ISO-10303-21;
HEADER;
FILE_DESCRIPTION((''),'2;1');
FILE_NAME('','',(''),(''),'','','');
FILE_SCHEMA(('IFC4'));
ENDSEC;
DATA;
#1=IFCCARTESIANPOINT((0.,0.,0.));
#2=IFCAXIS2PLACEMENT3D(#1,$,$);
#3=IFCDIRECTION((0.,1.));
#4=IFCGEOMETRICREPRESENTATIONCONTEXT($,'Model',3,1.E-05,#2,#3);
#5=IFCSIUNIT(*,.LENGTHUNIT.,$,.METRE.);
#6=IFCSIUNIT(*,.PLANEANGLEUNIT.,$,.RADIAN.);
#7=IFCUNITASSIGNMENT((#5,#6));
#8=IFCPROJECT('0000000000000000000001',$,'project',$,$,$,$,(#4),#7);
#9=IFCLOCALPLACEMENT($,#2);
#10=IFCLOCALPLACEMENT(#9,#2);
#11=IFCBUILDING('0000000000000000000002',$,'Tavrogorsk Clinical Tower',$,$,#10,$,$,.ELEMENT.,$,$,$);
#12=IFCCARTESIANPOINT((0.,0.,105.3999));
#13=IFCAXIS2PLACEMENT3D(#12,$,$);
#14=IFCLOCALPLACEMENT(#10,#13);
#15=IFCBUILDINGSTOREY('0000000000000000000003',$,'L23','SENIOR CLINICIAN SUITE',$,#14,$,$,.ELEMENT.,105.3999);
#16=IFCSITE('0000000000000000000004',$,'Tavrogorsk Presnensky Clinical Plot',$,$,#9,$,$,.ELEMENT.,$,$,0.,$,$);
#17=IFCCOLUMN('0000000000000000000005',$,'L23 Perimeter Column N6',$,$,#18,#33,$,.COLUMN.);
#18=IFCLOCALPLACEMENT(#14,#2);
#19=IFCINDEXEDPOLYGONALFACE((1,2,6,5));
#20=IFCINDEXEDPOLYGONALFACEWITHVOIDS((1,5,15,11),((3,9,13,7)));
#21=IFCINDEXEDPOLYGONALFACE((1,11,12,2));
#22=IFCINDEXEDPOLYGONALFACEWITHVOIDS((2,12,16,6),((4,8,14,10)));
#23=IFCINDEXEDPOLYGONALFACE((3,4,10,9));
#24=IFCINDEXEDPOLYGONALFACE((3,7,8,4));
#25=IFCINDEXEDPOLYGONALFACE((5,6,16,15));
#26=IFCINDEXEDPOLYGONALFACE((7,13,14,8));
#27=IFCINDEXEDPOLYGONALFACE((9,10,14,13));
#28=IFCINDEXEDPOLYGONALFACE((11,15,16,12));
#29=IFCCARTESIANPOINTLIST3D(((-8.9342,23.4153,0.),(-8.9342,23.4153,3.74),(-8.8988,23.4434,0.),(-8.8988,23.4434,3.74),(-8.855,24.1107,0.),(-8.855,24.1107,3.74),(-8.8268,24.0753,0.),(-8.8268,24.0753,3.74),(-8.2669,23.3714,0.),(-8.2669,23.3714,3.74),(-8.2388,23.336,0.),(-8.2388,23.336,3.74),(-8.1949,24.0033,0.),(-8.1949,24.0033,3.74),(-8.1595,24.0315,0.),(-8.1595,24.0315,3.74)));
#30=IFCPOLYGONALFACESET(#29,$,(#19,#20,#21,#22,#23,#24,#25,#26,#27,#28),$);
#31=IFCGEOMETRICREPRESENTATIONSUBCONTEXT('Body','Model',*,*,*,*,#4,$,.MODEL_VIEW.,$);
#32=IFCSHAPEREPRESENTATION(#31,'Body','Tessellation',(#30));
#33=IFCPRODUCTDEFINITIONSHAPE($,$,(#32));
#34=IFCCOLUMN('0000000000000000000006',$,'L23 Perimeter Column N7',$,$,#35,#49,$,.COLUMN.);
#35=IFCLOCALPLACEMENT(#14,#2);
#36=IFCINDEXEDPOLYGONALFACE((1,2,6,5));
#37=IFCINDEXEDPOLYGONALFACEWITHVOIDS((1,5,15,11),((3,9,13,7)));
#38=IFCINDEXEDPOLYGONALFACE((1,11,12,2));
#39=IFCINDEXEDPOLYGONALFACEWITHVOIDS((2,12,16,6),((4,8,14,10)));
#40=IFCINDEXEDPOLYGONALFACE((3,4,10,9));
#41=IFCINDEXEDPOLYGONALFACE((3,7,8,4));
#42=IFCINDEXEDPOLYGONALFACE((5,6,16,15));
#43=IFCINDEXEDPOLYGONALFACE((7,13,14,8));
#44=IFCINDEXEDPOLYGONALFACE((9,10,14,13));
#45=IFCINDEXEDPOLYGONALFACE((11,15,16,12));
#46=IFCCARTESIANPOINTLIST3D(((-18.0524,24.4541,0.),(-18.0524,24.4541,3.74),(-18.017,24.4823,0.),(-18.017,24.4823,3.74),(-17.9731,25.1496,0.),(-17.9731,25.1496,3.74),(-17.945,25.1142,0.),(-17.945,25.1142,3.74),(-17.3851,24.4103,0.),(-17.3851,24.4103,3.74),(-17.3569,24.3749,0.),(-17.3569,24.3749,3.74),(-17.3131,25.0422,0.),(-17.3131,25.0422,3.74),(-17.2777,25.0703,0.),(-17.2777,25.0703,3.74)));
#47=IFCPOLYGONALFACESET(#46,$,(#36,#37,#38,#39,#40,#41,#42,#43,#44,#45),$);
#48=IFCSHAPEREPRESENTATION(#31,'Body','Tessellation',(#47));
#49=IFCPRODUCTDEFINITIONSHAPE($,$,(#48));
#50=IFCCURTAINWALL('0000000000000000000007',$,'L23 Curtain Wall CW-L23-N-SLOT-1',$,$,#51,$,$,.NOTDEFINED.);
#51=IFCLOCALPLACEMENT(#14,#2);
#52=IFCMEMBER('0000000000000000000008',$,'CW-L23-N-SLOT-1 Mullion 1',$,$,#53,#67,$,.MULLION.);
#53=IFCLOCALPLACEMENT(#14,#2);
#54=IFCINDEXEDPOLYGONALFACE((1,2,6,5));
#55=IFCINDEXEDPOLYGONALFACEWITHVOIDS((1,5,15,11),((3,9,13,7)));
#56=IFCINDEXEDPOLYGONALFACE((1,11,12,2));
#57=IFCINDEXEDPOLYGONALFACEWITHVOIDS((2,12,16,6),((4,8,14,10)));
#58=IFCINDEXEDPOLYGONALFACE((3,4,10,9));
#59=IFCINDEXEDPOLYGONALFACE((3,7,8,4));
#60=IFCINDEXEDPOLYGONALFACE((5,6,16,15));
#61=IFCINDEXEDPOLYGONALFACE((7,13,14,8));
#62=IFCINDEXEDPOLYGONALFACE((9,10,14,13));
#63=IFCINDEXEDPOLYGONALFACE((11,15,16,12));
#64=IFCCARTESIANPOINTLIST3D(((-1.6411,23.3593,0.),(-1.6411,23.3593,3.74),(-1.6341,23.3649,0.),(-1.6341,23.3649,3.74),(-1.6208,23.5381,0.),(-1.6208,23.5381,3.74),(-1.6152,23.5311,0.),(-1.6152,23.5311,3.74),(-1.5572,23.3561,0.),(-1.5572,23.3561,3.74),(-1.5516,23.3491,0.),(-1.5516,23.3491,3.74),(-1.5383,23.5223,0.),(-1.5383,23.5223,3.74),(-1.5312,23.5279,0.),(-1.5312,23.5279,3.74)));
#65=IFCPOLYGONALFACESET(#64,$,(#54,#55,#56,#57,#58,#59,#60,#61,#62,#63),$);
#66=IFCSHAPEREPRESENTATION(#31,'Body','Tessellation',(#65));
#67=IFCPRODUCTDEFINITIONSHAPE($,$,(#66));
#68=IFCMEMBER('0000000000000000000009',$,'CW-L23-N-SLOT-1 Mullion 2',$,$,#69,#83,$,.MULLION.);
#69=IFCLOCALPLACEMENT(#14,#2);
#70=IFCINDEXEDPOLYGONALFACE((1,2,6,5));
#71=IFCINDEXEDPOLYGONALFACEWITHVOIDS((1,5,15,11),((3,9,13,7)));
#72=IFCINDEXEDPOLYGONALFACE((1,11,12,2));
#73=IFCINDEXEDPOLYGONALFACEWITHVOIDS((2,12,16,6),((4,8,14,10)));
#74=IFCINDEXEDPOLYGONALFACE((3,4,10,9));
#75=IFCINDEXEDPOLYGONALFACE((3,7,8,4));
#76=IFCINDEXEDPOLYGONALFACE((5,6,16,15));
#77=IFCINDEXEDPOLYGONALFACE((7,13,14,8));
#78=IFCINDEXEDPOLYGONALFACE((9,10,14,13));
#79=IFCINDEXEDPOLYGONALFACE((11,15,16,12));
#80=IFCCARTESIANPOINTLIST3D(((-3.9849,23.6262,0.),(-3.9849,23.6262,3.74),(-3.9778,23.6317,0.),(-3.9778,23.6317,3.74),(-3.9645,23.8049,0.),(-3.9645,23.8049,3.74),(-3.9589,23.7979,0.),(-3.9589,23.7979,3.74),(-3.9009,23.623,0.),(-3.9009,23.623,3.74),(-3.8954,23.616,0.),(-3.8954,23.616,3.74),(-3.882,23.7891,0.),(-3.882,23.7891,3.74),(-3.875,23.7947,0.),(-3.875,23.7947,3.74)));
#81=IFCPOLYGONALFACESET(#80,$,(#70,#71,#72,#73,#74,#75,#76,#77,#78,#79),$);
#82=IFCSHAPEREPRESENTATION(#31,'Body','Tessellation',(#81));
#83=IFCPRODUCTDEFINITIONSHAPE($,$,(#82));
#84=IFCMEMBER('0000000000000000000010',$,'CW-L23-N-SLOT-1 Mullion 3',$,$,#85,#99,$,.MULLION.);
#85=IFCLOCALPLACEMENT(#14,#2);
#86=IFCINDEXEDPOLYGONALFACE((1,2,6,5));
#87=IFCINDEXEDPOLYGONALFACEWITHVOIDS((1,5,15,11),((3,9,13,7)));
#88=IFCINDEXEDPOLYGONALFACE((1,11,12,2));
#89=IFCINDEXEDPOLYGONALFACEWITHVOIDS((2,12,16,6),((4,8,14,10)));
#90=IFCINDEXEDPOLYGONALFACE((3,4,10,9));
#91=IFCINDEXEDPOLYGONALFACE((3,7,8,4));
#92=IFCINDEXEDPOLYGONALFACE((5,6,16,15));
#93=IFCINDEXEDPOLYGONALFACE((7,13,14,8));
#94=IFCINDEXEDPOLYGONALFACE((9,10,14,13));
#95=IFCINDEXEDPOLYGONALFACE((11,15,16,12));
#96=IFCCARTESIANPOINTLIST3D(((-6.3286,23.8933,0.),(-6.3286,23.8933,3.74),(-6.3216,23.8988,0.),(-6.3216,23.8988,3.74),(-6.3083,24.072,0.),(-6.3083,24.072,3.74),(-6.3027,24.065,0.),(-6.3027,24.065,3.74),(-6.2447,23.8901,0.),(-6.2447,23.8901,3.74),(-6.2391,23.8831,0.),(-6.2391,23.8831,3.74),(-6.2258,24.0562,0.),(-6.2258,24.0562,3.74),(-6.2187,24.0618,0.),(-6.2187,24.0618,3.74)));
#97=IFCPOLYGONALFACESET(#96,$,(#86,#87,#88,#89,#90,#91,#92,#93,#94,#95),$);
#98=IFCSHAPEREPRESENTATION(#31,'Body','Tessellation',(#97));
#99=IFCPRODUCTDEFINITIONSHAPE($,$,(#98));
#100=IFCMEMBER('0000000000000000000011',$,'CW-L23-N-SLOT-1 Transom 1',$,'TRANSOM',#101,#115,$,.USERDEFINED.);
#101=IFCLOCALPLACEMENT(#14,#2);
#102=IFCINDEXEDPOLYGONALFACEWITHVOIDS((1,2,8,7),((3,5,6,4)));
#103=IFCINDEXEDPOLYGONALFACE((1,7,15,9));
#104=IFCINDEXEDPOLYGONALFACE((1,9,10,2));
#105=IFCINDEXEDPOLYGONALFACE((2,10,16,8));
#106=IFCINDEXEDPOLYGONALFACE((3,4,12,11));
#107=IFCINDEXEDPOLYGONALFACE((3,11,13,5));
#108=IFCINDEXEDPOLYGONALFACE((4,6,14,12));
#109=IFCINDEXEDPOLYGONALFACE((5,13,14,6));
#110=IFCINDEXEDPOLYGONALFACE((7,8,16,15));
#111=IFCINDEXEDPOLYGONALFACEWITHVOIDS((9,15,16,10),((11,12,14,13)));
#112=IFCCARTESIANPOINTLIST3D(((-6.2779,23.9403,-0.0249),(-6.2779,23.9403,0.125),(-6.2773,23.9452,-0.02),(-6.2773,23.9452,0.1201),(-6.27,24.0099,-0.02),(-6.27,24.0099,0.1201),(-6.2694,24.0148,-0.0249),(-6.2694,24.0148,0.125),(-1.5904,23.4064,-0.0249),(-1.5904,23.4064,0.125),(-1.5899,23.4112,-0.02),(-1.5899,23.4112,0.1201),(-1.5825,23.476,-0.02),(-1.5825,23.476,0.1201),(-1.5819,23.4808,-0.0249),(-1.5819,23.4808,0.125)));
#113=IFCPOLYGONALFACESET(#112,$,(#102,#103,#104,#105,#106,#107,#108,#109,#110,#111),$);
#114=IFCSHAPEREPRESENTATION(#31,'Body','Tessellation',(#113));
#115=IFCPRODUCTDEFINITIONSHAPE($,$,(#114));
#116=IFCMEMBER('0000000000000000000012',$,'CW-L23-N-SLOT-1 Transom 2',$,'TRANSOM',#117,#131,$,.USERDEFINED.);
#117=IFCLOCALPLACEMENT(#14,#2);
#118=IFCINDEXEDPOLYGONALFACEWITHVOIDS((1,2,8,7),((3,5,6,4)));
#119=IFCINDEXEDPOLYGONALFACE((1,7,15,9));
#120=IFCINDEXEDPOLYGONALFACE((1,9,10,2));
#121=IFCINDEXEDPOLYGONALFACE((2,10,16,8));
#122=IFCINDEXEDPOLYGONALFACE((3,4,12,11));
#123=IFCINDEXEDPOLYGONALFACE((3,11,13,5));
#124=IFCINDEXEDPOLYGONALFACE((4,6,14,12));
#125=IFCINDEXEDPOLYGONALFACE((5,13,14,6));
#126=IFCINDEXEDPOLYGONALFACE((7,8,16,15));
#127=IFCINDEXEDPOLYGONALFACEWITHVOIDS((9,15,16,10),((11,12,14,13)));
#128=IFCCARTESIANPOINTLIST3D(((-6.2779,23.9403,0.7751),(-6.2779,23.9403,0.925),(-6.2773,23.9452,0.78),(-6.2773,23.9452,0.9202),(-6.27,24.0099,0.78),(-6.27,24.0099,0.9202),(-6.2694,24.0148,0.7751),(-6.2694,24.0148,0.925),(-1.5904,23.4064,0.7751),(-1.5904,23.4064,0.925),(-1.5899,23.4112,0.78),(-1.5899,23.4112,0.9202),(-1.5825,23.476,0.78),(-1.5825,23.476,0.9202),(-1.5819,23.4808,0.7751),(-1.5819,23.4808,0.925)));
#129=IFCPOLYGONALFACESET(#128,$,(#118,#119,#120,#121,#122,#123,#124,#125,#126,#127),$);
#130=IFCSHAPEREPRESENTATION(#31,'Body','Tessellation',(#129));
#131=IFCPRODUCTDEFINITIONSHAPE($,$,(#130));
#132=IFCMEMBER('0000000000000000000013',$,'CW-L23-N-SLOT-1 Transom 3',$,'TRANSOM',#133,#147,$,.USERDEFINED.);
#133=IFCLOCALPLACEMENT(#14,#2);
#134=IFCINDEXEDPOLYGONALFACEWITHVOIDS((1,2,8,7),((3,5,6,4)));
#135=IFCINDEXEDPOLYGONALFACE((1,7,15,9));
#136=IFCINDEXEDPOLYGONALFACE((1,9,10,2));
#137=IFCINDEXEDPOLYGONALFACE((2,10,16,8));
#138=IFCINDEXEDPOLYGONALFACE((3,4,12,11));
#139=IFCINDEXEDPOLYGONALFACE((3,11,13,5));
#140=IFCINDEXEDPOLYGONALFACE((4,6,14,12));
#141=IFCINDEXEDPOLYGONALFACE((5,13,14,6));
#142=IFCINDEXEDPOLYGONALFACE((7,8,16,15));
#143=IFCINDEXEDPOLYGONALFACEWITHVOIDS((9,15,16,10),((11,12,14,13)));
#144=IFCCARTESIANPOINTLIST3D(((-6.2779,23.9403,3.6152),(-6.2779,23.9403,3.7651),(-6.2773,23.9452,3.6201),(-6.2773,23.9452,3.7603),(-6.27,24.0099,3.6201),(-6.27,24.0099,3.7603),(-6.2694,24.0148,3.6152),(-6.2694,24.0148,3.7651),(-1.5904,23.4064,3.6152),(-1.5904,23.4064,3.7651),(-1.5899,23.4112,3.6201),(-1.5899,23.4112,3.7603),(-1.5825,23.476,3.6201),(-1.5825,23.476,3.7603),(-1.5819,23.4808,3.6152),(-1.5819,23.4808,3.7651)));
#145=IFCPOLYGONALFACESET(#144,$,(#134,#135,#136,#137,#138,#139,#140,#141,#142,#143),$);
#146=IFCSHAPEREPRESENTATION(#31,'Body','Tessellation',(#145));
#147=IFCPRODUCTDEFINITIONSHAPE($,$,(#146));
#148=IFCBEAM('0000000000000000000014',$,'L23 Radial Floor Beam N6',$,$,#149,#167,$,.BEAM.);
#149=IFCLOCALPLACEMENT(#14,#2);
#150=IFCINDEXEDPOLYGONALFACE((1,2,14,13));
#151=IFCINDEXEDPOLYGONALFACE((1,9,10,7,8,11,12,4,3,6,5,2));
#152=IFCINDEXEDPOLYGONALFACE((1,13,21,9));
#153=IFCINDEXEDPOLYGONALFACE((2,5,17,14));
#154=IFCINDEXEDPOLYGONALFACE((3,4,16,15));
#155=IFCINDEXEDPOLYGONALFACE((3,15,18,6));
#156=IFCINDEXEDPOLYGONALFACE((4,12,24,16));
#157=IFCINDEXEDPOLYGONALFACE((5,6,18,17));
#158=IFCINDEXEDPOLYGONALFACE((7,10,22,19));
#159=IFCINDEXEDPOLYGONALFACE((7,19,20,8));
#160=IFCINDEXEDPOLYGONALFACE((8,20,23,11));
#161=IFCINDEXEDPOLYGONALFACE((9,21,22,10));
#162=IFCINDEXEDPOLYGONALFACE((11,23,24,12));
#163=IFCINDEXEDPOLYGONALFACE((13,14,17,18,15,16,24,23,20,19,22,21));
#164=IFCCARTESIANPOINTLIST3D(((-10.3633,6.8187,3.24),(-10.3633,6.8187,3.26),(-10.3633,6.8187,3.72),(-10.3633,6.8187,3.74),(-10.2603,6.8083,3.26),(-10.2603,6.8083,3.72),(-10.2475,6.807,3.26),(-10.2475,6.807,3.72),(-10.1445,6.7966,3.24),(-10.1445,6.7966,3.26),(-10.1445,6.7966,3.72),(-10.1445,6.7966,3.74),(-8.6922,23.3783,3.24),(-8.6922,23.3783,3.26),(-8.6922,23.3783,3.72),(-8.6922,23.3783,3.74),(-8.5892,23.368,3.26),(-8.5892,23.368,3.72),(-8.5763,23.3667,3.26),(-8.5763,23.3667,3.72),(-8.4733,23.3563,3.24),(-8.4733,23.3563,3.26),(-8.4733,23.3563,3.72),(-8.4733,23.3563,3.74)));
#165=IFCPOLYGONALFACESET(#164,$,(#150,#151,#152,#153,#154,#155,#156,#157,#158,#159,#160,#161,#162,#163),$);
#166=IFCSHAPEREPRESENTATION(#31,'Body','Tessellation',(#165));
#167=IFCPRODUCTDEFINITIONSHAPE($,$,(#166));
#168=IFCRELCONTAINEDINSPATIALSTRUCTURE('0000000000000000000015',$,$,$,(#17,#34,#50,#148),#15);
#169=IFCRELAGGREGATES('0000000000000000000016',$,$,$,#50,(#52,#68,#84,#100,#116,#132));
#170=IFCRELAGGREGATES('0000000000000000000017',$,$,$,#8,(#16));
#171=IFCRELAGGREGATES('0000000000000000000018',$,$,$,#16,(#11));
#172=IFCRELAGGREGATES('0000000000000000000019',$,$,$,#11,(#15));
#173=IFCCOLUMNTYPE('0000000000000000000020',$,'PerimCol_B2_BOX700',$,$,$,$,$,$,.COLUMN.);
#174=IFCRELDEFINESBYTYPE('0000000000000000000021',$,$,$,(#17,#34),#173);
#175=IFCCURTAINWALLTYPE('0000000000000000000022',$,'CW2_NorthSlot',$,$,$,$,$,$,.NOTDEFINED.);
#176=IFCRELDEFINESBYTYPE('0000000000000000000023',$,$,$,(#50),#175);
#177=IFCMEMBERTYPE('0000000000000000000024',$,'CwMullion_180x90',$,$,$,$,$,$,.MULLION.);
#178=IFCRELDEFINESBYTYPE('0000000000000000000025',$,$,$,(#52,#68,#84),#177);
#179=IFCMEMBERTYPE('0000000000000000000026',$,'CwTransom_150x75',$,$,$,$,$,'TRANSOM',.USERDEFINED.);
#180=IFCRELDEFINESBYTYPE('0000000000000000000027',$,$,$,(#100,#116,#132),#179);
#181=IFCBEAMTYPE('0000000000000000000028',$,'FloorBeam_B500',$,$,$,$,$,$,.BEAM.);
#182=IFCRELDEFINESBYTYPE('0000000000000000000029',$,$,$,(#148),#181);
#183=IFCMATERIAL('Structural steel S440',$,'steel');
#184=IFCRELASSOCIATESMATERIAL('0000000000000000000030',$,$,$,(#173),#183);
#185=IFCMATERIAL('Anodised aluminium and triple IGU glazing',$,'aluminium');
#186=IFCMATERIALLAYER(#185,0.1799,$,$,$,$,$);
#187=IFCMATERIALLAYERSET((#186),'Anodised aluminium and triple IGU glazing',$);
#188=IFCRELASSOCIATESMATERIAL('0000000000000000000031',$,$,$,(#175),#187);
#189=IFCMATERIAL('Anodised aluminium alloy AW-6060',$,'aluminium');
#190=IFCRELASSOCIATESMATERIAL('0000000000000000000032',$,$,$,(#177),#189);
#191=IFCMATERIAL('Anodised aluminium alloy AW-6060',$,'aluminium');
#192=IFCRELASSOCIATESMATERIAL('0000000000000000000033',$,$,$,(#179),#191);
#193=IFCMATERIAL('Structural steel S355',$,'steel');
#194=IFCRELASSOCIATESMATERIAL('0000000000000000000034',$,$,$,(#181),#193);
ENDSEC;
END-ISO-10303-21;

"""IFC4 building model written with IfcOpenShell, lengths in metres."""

from ifc_helpers import new_model, si_unit, direction, frame, origin, origin_2d, place, context, subcontext, project, spatial, hollow_rectangle, i_section, extrude, material, layer, layer_set, material_profile, profile_set, type_object, element, aggregate, save


model = new_model("IFC4")

# Units and contexts
model_context = context("Model", 3, precision=1e-05, world=origin(), true_north=direction((0.0, 1.0)))
body_context = subcontext(model_context, "Body", "Model", "MODEL_VIEW")
ifc_project = project(units=[si_unit("LENGTHUNIT", "METRE"), si_unit("PLANEANGLEUNIT", "RADIAN")], contexts=[model_context])

# Site, building, storey
site_placement = place(None, origin())
site = spatial("IfcSite", under=ifc_project, at=site_placement, Name="Tavrogorsk Presnensky Clinical Plot", CompositionType="ELEMENT", RefElevation=0.0)
building_placement = place(site_placement, origin())
building = spatial("IfcBuilding", under=site, at=building_placement, Name="Tavrogorsk Clinical Tower", CompositionType="ELEMENT")
storey_placement = place(building_placement, frame((0.0, 0.0, 105.3999)))
storey = spatial("IfcBuildingStorey", under=building, at=storey_placement, Name="L23", Description="SENIOR CLINICIAN SUITE", CompositionType="ELEMENT", Elevation=105.3999)

# Columns
ifc_material_1 = material(Name="Structural steel S440", Category="steel")
ifc_material_profile_1 = material_profile(ifc_material_1, hollow_rectangle(XDim=0.7, YDim=0.7, WallThickness=0.032, at=origin_2d()), Name="BOX-700x700x32")
ifc_profile_set_1 = profile_set([ifc_material_profile_1], Name="Structural steel S440")
column_type = type_object("IfcColumnType", Name="PerimCol_B2_BOX700", PredefinedType="COLUMN", material=ifc_profile_set_1)
for number, where, z_axis, x_axis, name in (
    (1, (-8.5469, 23.7234, 0.0), (0.0, 0.0, 1.0), (0.993572, -0.113203, 0.0), "L23 Perimeter Column N6"),
    (2, (-17.665, 24.7622, 0.0), (0.0, 0.0, 1.0), (0.993572, -0.113203, 0.0), "L23 Perimeter Column N7"),
):
    element("IfcColumn", number, at=place(storey_placement, frame(where, z_axis=z_axis, x_axis=x_axis)), inside=storey, type_object=column_type, Name=name, PredefinedType="COLUMN", context=body_context, shape_type="SweptSolid", body=[
        extrude(hollow_rectangle(XDim=0.7, YDim=0.7, WallThickness=0.032, at=origin_2d()), origin(), (0.0, 0.0, 1.0), 3.74),
    ])

# Curtain wall, members
ifc_material_2 = material(Name="Anodised aluminium and triple IGU glazing", Category="aluminium")
ifc_layer_1 = layer(ifc_material_2, 0.1799)
ifc_layer_set_1 = layer_set([ifc_layer_1], Name="Anodised aluminium and triple IGU glazing")
curtain_wall_type = type_object("IfcCurtainWallType", Name="CW2_NorthSlot", PredefinedType="NOTDEFINED", material=ifc_layer_set_1)
curtain_wall_placement = place(storey_placement, origin())
curtain_wall = element("IfcCurtainWall", 3, at=curtain_wall_placement, inside=storey, type_object=curtain_wall_type, Name="L23 Curtain Wall CW-L23-N-SLOT-1", PredefinedType="NOTDEFINED")
ifc_material_3 = material(Name="Anodised aluminium alloy AW-6060", Category="aluminium")
ifc_material_profile_2 = material_profile(ifc_material_3, hollow_rectangle(XDim=0.0901, YDim=0.1799, WallThickness=0.0063, at=origin_2d()), Name="RHS-180x90x6.3")
ifc_profile_set_2 = profile_set([ifc_material_profile_2], Name="Anodised aluminium alloy AW-6060")
member_type_1 = type_object("IfcMemberType", Name="CwMullion_180x90", PredefinedType="MULLION", material=ifc_profile_set_2)
member_1_placement = place(storey_placement, frame((-1.5862, 23.4436, 0.0), z_axis=(0.0, 0.0, 1.0), x_axis=(-0.993572, 0.113203, 0.0)))
member_1 = element("IfcMember", 4, at=member_1_placement, type_object=member_type_1, Name="CW-L23-N-SLOT-1 Mullion 1", PredefinedType="MULLION", context=body_context, shape_type="SweptSolid", body=[
    extrude(hollow_rectangle(XDim=0.0901, YDim=0.1799, WallThickness=0.0063, at=origin_2d()), origin(), (0.0, 0.0, 1.0), 3.74),
])
member_2_placement = place(storey_placement, frame((-3.9299, 23.7104, 0.0), z_axis=(0.0, 0.0, 1.0), x_axis=(-0.993572, 0.113203, 0.0)))
member_2 = element("IfcMember", 5, at=member_2_placement, type_object=member_type_1, Name="CW-L23-N-SLOT-1 Mullion 2", PredefinedType="MULLION", context=body_context, shape_type="SweptSolid", body=[
    extrude(hollow_rectangle(XDim=0.0901, YDim=0.1799, WallThickness=0.0063, at=origin_2d()), origin(), (0.0, 0.0, 1.0), 3.74),
])
member_3_placement = place(storey_placement, frame((-6.2737, 23.9775, 0.0), z_axis=(0.0, 0.0, 1.0), x_axis=(-0.993572, 0.113203, 0.0)))
member_3 = element("IfcMember", 6, at=member_3_placement, type_object=member_type_1, Name="CW-L23-N-SLOT-1 Mullion 3", PredefinedType="MULLION", context=body_context, shape_type="SweptSolid", body=[
    extrude(hollow_rectangle(XDim=0.0901, YDim=0.1799, WallThickness=0.0063, at=origin_2d()), origin(), (0.0, 0.0, 1.0), 3.74),
])
ifc_material_4 = material(Name="Anodised aluminium alloy AW-6060", Category="aluminium")
ifc_material_profile_3 = material_profile(ifc_material_4, hollow_rectangle(XDim=0.075, YDim=0.1499, WallThickness=0.0049, at=origin_2d()), Name="RHS-150x75x5")
ifc_profile_set_3 = profile_set([ifc_material_profile_3], Name="Anodised aluminium alloy AW-6060")
member_type_2 = type_object("IfcMemberType", Name="CwTransom_150x75", ElementType="TRANSOM", PredefinedType="USERDEFINED", material=ifc_profile_set_3)
member_4_placement = place(storey_placement, frame((-1.5862, 23.4436, 0.05), z_axis=(-0.993575, 0.113174, 0.0), x_axis=(-0.113174, -0.993575, 0.0)))
member_4 = element("IfcMember", 7, at=member_4_placement, type_object=member_type_2, Name="CW-L23-N-SLOT-1 Transom 1", ObjectType="TRANSOM", PredefinedType="USERDEFINED", context=body_context, shape_type="SweptSolid", body=[
    extrude(hollow_rectangle(XDim=0.075, YDim=0.1499, WallThickness=0.0049, at=origin_2d()), origin(), (0.0, 0.0, 1.0), 4.7178),
])
member_5_placement = place(storey_placement, frame((-1.5862, 23.4436, 0.8501), z_axis=(-0.993575, 0.113174, 0.0), x_axis=(-0.113174, -0.993575, 0.0)))
member_5 = element("IfcMember", 8, at=member_5_placement, type_object=member_type_2, Name="CW-L23-N-SLOT-1 Transom 2", ObjectType="TRANSOM", PredefinedType="USERDEFINED", context=body_context, shape_type="SweptSolid", body=[
    extrude(hollow_rectangle(XDim=0.075, YDim=0.1499, WallThickness=0.0049, at=origin_2d()), origin(), (0.0, 0.0, 1.0), 4.7178),
])
member_6_placement = place(storey_placement, frame((-1.5862, 23.4436, 3.6902), z_axis=(-0.993575, 0.113174, 0.0), x_axis=(-0.113174, -0.993575, 0.0)))
member_6 = element("IfcMember", 9, at=member_6_placement, type_object=member_type_2, Name="CW-L23-N-SLOT-1 Transom 3", ObjectType="TRANSOM", PredefinedType="USERDEFINED", context=body_context, shape_type="SweptSolid", body=[
    extrude(hollow_rectangle(XDim=0.075, YDim=0.1499, WallThickness=0.0049, at=origin_2d()), origin(), (0.0, 0.0, 1.0), 4.7178),
])

# Beam
ifc_material_5 = material(Name="Structural steel S355", Category="steel")
ifc_material_profile_4 = material_profile(ifc_material_5, i_section(OverallWidth=0.22, OverallDepth=0.5, WebThickness=0.0129, FlangeThickness=0.02, at=origin_2d()), Name="B-500x220x13x20")
ifc_profile_set_4 = profile_set([ifc_material_profile_4], Name="Structural steel S355")
beam_type_1 = type_object("IfcBeamType", Name="FloorBeam_B500", PredefinedType="BEAM", material=ifc_profile_set_4)
beam_placement = place(storey_placement, frame((-10.2539, 6.8076, 3.49), z_axis=(0.100407, 0.994946, 0.0), x_axis=(-0.994946, 0.100407, 0.0)))
element("IfcBeam", 10, at=beam_placement, inside=storey, type_object=beam_type_1, Name="L23 Radial Floor Beam N6", PredefinedType="BEAM", context=body_context, shape_type="SweptSolid", body=[
    extrude(i_section(OverallWidth=0.22, OverallDepth=0.5, WebThickness=0.0129, FlangeThickness=0.02, at=origin_2d()), origin(), (0.0, 0.0, 1.0), 16.6438),
])

aggregate(curtain_wall, [member_1, member_2, member_3, member_4, member_5, member_6])

save(model, "model.ifc")
